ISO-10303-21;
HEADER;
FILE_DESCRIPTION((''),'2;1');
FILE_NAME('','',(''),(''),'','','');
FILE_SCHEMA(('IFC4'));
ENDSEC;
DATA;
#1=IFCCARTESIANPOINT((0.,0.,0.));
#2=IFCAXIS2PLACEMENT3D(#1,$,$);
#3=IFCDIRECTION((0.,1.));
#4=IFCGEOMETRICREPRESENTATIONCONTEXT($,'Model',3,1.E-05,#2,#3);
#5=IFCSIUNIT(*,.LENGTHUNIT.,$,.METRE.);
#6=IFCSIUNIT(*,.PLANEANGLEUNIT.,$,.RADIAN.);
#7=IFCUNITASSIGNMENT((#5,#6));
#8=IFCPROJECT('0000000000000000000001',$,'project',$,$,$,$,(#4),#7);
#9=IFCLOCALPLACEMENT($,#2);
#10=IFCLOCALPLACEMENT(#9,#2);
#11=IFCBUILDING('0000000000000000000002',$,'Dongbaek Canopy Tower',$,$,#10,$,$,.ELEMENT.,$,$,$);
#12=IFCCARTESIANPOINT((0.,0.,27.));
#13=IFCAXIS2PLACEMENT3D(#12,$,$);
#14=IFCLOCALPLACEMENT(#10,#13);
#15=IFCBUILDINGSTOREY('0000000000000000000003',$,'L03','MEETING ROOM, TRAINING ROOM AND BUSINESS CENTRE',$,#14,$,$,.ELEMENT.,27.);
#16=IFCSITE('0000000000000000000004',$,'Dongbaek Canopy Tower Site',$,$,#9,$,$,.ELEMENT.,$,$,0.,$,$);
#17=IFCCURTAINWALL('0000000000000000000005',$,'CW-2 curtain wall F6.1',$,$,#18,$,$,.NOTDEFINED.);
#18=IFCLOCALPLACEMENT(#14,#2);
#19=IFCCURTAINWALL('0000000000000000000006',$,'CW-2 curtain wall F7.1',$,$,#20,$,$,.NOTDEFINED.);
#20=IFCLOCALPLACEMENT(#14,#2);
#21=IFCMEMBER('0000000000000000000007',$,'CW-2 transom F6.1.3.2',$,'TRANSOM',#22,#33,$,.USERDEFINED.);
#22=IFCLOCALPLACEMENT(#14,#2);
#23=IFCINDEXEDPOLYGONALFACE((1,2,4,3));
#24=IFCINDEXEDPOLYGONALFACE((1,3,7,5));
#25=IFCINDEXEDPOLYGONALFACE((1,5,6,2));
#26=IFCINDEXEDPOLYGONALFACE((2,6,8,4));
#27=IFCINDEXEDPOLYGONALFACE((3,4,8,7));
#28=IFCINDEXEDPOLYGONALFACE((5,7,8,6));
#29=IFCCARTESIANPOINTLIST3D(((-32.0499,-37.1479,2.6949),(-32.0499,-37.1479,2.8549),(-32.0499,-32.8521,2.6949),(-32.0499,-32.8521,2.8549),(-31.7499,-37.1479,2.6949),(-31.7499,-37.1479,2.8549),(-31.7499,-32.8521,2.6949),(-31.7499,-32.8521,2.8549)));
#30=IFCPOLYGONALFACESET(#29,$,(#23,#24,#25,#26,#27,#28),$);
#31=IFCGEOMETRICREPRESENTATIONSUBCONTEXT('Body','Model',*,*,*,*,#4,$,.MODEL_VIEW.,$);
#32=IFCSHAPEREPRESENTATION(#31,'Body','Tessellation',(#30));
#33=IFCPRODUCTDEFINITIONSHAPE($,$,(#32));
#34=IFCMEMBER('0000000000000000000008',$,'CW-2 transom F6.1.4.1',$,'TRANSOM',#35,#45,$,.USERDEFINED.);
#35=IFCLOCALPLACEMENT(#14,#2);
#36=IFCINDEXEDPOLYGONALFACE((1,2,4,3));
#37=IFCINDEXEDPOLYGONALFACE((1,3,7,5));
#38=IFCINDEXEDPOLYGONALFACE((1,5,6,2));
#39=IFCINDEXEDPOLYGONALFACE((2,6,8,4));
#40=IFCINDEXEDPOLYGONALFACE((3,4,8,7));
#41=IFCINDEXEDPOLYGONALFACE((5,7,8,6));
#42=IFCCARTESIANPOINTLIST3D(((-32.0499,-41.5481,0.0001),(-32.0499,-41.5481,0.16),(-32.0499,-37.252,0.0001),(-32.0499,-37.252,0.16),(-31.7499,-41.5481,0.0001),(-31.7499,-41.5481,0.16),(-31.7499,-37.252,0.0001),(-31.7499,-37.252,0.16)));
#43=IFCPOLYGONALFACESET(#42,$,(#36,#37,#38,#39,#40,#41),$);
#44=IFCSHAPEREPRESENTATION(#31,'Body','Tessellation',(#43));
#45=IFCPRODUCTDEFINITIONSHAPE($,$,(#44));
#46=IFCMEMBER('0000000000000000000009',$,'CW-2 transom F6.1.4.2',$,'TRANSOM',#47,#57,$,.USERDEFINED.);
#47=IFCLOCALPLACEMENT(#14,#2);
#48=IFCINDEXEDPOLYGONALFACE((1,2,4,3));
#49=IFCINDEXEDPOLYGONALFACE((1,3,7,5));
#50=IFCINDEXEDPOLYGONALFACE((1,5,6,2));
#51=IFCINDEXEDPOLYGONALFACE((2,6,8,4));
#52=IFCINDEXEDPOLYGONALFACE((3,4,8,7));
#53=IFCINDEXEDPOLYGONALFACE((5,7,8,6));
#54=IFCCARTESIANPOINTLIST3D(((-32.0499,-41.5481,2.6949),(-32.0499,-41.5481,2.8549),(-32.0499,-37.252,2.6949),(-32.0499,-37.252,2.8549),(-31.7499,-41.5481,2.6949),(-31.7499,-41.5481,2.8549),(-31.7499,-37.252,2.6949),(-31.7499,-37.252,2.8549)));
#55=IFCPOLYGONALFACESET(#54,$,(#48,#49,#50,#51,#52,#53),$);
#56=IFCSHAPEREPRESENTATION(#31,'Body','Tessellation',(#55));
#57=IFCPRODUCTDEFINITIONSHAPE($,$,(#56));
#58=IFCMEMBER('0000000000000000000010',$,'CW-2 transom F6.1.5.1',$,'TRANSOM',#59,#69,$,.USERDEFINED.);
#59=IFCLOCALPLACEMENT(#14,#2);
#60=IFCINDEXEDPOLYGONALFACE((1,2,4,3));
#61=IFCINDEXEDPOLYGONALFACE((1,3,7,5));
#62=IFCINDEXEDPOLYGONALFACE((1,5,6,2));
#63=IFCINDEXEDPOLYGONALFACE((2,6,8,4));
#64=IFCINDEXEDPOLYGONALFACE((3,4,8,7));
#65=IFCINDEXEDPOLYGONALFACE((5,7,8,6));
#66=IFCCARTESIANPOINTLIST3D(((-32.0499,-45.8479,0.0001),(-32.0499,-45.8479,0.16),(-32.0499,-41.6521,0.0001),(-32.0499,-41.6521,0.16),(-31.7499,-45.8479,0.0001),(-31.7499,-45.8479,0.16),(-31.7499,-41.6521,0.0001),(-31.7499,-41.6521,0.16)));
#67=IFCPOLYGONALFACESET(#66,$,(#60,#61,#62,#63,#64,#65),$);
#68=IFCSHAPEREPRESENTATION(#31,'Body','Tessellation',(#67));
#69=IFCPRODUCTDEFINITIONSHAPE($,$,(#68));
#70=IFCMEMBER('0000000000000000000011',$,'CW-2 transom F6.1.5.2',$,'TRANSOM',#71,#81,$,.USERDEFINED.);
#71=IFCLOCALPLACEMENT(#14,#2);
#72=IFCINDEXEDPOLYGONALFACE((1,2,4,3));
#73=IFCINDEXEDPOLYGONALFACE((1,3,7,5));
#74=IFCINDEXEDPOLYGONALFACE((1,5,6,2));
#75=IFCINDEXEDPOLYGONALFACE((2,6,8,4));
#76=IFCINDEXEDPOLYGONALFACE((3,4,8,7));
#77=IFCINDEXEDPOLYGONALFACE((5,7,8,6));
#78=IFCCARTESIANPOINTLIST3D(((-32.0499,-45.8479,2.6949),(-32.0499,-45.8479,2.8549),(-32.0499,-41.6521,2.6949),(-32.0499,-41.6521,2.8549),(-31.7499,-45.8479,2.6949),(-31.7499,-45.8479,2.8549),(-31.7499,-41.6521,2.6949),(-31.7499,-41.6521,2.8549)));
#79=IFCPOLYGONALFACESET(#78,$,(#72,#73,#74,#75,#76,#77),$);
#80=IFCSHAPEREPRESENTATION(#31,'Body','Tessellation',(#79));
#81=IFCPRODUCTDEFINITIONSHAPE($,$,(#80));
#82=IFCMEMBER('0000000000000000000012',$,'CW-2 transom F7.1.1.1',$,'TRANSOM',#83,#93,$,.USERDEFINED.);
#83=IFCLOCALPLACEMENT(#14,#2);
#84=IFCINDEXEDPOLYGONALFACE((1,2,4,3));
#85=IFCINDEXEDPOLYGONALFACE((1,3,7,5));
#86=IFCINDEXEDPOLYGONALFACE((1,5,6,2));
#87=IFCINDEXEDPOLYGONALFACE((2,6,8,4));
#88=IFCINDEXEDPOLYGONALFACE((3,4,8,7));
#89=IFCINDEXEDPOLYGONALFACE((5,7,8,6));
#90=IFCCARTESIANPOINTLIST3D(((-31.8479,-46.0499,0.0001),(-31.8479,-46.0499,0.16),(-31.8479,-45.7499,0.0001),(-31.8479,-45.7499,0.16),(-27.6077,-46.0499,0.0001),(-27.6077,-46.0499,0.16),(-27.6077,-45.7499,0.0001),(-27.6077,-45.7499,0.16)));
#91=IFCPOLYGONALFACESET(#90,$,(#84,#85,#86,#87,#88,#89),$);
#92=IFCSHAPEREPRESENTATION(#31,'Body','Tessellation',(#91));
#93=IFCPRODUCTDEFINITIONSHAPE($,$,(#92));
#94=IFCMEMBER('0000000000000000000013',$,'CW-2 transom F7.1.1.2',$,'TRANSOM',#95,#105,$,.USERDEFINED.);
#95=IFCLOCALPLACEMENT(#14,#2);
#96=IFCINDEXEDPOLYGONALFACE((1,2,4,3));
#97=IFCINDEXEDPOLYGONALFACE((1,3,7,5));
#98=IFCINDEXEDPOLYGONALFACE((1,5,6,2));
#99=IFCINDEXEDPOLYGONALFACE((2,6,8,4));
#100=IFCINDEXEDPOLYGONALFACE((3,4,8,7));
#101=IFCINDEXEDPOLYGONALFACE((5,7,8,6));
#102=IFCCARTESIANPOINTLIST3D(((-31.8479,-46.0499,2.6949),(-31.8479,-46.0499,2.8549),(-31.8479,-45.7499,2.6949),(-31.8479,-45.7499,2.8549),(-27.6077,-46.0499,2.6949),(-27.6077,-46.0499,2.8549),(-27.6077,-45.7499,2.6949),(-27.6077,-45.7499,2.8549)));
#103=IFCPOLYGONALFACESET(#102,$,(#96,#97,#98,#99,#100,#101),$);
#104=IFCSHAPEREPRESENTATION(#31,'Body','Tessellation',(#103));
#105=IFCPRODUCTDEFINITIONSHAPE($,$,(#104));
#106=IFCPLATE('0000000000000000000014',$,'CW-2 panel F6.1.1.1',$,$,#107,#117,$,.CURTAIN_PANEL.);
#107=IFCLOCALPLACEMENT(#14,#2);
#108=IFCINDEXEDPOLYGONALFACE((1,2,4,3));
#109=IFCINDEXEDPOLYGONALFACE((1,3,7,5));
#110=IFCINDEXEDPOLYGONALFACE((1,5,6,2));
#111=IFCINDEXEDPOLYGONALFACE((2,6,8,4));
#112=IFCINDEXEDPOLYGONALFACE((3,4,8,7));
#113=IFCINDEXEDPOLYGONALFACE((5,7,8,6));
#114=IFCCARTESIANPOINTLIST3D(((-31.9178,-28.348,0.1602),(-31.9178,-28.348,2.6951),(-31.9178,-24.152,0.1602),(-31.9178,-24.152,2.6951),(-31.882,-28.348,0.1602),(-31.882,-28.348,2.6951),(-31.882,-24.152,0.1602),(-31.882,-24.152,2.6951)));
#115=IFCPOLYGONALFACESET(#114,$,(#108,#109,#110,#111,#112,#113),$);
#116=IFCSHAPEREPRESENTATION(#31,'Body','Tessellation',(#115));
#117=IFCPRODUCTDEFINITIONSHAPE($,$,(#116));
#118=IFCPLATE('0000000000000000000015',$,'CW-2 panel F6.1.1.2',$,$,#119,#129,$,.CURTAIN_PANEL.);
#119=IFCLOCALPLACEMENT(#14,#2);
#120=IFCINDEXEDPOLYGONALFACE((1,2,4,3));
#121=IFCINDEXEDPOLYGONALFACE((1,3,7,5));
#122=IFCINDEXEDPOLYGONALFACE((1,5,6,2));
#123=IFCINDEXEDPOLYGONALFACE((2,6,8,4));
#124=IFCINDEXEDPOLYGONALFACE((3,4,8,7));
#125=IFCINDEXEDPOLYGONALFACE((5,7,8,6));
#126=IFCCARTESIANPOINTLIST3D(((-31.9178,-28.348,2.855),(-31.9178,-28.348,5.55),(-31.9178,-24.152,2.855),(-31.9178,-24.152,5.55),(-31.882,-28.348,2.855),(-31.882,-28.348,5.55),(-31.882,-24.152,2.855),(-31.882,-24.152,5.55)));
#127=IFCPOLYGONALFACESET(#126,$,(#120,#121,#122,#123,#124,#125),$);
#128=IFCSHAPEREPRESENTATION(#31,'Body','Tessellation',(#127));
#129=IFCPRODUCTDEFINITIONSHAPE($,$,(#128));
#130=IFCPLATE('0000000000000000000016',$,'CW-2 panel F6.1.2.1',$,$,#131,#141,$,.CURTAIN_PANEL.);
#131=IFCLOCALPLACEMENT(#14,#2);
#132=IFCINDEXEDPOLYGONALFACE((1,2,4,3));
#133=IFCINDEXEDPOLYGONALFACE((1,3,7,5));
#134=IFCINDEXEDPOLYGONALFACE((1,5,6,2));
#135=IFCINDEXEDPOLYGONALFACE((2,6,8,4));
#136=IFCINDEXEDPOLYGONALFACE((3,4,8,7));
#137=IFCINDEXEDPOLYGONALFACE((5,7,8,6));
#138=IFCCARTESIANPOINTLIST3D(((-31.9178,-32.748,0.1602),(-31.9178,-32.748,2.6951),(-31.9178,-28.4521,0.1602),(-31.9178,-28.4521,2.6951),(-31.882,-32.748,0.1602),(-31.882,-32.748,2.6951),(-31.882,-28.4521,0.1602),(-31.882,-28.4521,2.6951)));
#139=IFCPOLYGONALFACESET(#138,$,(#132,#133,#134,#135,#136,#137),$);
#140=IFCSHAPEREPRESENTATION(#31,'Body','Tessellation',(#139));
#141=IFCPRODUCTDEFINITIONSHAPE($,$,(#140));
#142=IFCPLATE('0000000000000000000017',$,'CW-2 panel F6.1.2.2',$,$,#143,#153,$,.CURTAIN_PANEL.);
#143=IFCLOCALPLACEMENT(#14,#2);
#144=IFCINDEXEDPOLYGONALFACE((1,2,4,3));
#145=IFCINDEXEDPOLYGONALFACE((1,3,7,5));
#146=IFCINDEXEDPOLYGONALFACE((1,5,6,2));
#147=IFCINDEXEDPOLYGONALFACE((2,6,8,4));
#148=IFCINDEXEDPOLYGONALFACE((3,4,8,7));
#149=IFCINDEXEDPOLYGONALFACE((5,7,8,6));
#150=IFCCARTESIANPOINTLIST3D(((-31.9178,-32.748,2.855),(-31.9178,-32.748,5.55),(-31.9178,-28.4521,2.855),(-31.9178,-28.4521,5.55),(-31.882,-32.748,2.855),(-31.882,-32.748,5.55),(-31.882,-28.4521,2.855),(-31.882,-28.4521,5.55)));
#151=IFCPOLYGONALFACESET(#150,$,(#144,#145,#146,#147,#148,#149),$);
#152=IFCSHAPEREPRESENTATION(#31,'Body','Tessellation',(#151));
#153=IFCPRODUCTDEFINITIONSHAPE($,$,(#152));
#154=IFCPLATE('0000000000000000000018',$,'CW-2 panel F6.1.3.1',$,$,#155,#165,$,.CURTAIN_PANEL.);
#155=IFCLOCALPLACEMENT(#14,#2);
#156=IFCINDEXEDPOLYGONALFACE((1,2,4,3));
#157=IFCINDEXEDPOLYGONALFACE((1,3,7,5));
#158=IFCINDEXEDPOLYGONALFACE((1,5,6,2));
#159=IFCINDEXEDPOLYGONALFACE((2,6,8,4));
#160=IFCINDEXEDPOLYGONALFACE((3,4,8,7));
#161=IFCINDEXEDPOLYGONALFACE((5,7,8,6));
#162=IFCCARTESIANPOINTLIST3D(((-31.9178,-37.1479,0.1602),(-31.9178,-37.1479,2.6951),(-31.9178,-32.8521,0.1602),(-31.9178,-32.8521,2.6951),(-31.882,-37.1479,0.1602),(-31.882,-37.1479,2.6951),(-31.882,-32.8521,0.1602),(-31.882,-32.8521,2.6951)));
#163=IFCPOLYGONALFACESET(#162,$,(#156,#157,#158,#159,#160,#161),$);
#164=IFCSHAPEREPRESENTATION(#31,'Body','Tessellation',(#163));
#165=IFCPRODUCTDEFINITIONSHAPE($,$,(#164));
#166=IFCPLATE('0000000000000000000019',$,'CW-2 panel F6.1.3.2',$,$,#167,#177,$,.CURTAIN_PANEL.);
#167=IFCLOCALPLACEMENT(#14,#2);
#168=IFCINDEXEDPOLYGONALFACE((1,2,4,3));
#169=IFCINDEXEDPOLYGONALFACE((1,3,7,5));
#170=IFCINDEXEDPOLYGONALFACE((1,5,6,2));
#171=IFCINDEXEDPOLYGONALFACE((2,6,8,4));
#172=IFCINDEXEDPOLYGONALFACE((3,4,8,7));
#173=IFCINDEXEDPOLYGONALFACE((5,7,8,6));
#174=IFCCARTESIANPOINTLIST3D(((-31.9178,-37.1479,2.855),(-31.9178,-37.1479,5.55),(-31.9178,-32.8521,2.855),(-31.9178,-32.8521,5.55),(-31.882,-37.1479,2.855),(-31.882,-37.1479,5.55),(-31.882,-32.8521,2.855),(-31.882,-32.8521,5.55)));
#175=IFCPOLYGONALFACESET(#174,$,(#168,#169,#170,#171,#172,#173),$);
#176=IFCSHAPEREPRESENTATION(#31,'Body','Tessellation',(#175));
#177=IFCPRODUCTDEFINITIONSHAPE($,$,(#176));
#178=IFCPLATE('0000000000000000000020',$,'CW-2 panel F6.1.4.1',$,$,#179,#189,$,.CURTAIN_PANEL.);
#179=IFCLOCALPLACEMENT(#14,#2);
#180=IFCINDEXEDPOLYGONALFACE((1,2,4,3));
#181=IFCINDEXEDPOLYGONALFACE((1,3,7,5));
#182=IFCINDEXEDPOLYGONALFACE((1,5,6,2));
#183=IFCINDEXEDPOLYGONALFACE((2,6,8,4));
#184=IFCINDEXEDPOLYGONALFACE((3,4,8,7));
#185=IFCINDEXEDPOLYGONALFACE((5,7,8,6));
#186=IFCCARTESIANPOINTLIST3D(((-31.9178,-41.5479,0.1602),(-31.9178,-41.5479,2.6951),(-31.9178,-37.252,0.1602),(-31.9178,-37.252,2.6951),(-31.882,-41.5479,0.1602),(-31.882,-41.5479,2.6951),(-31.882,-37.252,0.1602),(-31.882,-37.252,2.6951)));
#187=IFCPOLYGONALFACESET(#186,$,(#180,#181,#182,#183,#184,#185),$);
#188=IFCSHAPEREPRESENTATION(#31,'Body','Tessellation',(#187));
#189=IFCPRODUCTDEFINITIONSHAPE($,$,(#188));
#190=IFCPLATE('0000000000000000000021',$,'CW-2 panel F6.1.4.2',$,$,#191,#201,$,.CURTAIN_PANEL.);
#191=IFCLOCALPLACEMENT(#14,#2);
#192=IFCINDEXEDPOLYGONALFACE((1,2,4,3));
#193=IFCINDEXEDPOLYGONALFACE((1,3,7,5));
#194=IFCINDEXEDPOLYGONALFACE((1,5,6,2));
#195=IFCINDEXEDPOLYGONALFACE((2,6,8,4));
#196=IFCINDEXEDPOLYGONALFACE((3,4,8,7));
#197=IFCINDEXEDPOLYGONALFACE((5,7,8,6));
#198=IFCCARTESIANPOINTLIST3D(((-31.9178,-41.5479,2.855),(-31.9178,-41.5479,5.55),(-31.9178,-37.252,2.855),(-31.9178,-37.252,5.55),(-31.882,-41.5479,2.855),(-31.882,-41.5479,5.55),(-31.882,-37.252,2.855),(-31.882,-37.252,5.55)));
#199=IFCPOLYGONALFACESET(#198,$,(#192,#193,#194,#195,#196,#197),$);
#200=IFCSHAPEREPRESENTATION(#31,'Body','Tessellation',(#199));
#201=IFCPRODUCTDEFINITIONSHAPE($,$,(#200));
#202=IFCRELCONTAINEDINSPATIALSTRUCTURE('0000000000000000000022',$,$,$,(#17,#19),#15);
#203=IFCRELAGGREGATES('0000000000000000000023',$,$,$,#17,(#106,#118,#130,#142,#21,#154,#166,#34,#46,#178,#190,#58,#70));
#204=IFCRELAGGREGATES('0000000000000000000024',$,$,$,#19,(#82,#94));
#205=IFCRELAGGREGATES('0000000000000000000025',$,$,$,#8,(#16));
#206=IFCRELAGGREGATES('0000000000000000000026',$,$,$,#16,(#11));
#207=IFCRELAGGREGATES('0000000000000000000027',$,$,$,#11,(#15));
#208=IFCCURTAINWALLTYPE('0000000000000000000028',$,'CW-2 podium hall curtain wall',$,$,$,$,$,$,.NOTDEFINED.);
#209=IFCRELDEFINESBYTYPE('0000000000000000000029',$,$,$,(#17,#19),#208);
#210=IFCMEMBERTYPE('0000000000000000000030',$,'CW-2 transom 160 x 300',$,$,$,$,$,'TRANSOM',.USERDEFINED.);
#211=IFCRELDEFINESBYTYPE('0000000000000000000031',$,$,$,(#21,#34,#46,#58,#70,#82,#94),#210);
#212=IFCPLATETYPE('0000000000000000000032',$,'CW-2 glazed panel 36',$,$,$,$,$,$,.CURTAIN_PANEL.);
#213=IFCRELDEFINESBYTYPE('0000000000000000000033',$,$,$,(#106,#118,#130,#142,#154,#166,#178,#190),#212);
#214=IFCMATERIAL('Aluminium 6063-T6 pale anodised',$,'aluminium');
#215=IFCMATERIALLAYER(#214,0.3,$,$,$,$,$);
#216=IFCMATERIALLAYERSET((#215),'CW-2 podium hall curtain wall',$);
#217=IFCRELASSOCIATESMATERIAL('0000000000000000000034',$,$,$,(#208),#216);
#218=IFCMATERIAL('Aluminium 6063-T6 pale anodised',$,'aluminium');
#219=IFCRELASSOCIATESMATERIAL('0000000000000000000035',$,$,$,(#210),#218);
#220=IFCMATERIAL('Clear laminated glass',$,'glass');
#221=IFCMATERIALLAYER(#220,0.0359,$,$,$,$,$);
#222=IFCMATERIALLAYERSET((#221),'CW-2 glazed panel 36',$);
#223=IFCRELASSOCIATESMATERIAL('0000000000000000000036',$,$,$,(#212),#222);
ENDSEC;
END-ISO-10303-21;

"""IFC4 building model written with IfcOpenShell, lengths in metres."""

from ifc_helpers import new_model, si_unit, direction, frame, origin, origin_2d, place, context, subcontext, project, spatial, rectangle, extrude, material, layer, layer_set, material_profile, profile_set, type_object, element, aggregate, save


model = new_model("IFC4")

# Units and contexts
model_context = context("Model", 3, precision=1e-05, world=origin(), true_north=direction((0.0, 1.0)))
body_context = subcontext(model_context, "Body", "Model", "MODEL_VIEW")
ifc_project = project(units=[si_unit("LENGTHUNIT", "METRE"), si_unit("PLANEANGLEUNIT", "RADIAN")], contexts=[model_context])

# Site, building, storey
site_placement = place(None, origin())
site = spatial("IfcSite", under=ifc_project, at=site_placement, Name="Dongbaek Canopy Tower Site", CompositionType="ELEMENT", RefElevation=0.0)
building_placement = place(site_placement, origin())
building = spatial("IfcBuilding", under=site, at=building_placement, Name="Dongbaek Canopy Tower", CompositionType="ELEMENT")
storey_placement = place(building_placement, frame((0.0, 0.0, 27.0)))
storey = spatial("IfcBuildingStorey", under=building, at=storey_placement, Name="L03", Description="MEETING ROOM, TRAINING ROOM AND BUSINESS CENTRE", CompositionType="ELEMENT", Elevation=27.0)

# Shared definitions
ifc_material_1 = material(Name="Aluminium 6063-T6 pale anodised", Category="aluminium")
ifc_layer_1 = layer(ifc_material_1, 0.3)
ifc_layer_set_1 = layer_set([ifc_layer_1], Name="CW-2 podium hall curtain wall")
curtain_wall_type = type_object("IfcCurtainWallType", Name="CW-2 podium hall curtain wall", PredefinedType="NOTDEFINED", material=ifc_layer_set_1)

# Curtain wall
curtain_wall_1_placement = place(storey_placement, origin())
curtain_wall_1 = element("IfcCurtainWall", 1, at=curtain_wall_1_placement, inside=storey, type_object=curtain_wall_type, Name="CW-2 curtain wall F6.1", PredefinedType="NOTDEFINED")

# Curtain wall
curtain_wall_2_placement = place(storey_placement, origin())
curtain_wall_2 = element("IfcCurtainWall", 2, at=curtain_wall_2_placement, inside=storey, type_object=curtain_wall_type, Name="CW-2 curtain wall F7.1", PredefinedType="NOTDEFINED")

# Members
ifc_material_2 = material(Name="Aluminium 6063-T6 pale anodised", Category="aluminium")
ifc_material_profile_1 = material_profile(ifc_material_2, rectangle(XDim=0.3, YDim=0.1599, at=origin_2d()), Name="CW-2 transom 160 x 300")
ifc_profile_set_1 = profile_set([ifc_material_profile_1], Name="Aluminium 6063-T6 pale anodised")
member_type_1 = type_object("IfcMemberType", Name="CW-2 transom 160 x 300", ElementType="TRANSOM", PredefinedType="USERDEFINED", material=ifc_profile_set_1)
member_1_placement = place(storey_placement, frame((-31.8999, -32.8521, 2.7749), z_axis=(0.0, -1.0, 0.0), x_axis=(1.0, 0.0, 0.0)))
member_1 = element("IfcMember", 3, at=member_1_placement, type_object=member_type_1, Name="CW-2 transom F6.1.3.2", ObjectType="TRANSOM", PredefinedType="USERDEFINED", context=body_context, shape_type="SweptSolid", body=[
    extrude(rectangle(XDim=0.3, YDim=0.1599, at=origin_2d()), origin(), (0.0, 0.0, 1.0), 4.2959),
])
member_2_placement = place(storey_placement, frame((-31.8999, -37.252, 0.0801), z_axis=(0.0, -1.0, 0.0), x_axis=(1.0, 0.0, 0.0)))
member_2 = element("IfcMember", 4, at=member_2_placement, type_object=member_type_1, Name="CW-2 transom F6.1.4.1", ObjectType="TRANSOM", PredefinedType="USERDEFINED", context=body_context, shape_type="SweptSolid", body=[
    extrude(rectangle(XDim=0.3, YDim=0.1599, at=origin_2d()), origin(), (0.0, 0.0, 1.0), 4.2961),
])
member_3_placement = place(storey_placement, frame((-31.8999, -37.252, 2.7749), z_axis=(0.0, -1.0, 0.0), x_axis=(1.0, 0.0, 0.0)))
member_3 = element("IfcMember", 5, at=member_3_placement, type_object=member_type_1, Name="CW-2 transom F6.1.4.2", ObjectType="TRANSOM", PredefinedType="USERDEFINED", context=body_context, shape_type="SweptSolid", body=[
    extrude(rectangle(XDim=0.3, YDim=0.1599, at=origin_2d()), origin(), (0.0, 0.0, 1.0), 4.2961),
])
member_4_placement = place(storey_placement, frame((-31.8999, -41.6521, 0.0801), z_axis=(0.0, -1.0, 0.0), x_axis=(1.0, 0.0, 0.0)))
member_4 = element("IfcMember", 6, at=member_4_placement, type_object=member_type_1, Name="CW-2 transom F6.1.5.1", ObjectType="TRANSOM", PredefinedType="USERDEFINED", context=body_context, shape_type="SweptSolid", body=[
    extrude(rectangle(XDim=0.3, YDim=0.1599, at=origin_2d()), origin(), (0.0, 0.0, 1.0), 4.1958),
])
member_5_placement = place(storey_placement, frame((-31.8999, -41.6521, 2.7749), z_axis=(0.0, -1.0, 0.0), x_axis=(1.0, 0.0, 0.0)))
member_5 = element("IfcMember", 7, at=member_5_placement, type_object=member_type_1, Name="CW-2 transom F6.1.5.2", ObjectType="TRANSOM", PredefinedType="USERDEFINED", context=body_context, shape_type="SweptSolid", body=[
    extrude(rectangle(XDim=0.3, YDim=0.1599, at=origin_2d()), origin(), (0.0, 0.0, 1.0), 4.1958),
])
member_6_placement = place(storey_placement, frame((-31.8479, -45.8999, 0.0801), z_axis=(1.0, 0.0, 0.0), x_axis=(0.0, 1.0, 0.0)))
member_6 = element("IfcMember", 8, at=member_6_placement, type_object=member_type_1, Name="CW-2 transom F7.1.1.1", ObjectType="TRANSOM", PredefinedType="USERDEFINED", context=body_context, shape_type="SweptSolid", body=[
    extrude(rectangle(XDim=0.3, YDim=0.1599, at=origin_2d()), origin(), (0.0, 0.0, 1.0), 4.2402),
])
member_7_placement = place(storey_placement, frame((-31.8479, -45.8999, 2.7749), z_axis=(1.0, 0.0, 0.0), x_axis=(0.0, 1.0, 0.0)))
member_7 = element("IfcMember", 9, at=member_7_placement, type_object=member_type_1, Name="CW-2 transom F7.1.1.2", ObjectType="TRANSOM", PredefinedType="USERDEFINED", context=body_context, shape_type="SweptSolid", body=[
    extrude(rectangle(XDim=0.3, YDim=0.1599, at=origin_2d()), origin(), (0.0, 0.0, 1.0), 4.2402),
])

# Plates
ifc_material_3 = material(Name="Clear laminated glass", Category="glass")
ifc_layer_2 = layer(ifc_material_3, 0.0359)
ifc_layer_set_2 = layer_set([ifc_layer_2], Name="CW-2 glazed panel 36")
plate_type = type_object("IfcPlateType", Name="CW-2 glazed panel 36", PredefinedType="CURTAIN_PANEL", material=ifc_layer_set_2)
plate_1_placement = place(storey_placement, frame((-31.8999, -26.25, 0.1602), z_axis=(0.0, 0.0, 1.0), x_axis=(0.0, -1.0, 0.0)))
plate_1 = element("IfcPlate", 10, at=plate_1_placement, type_object=plate_type, Name="CW-2 panel F6.1.1.1", PredefinedType="CURTAIN_PANEL", context=body_context, shape_type="SweptSolid", body=[
    extrude(rectangle(XDim=4.196, YDim=0.0359, at=origin_2d()), origin(), (0.0, 0.0, 1.0), 2.5349),
])
plate_2_placement = place(storey_placement, frame((-31.8999, -26.25, 2.855), z_axis=(0.0, 0.0, 1.0), x_axis=(0.0, -1.0, 0.0)))
plate_2 = element("IfcPlate", 11, at=plate_2_placement, type_object=plate_type, Name="CW-2 panel F6.1.1.2", PredefinedType="CURTAIN_PANEL", context=body_context, shape_type="SweptSolid", body=[
    extrude(rectangle(XDim=4.196, YDim=0.0359, at=origin_2d()), origin(), (0.0, 0.0, 1.0), 2.6951),
])
plate_3_placement = place(storey_placement, frame((-31.8999, -30.6001, 0.1602), z_axis=(0.0, 0.0, 1.0), x_axis=(0.0, -1.0, 0.0)))
plate_3 = element("IfcPlate", 12, at=plate_3_placement, type_object=plate_type, Name="CW-2 panel F6.1.2.1", PredefinedType="CURTAIN_PANEL", context=body_context, shape_type="SweptSolid", body=[
    extrude(rectangle(XDim=4.2959, YDim=0.0359, at=origin_2d()), origin(), (0.0, 0.0, 1.0), 2.5349),
])
plate_4_placement = place(storey_placement, frame((-31.8999, -30.6001, 2.855), z_axis=(0.0, 0.0, 1.0), x_axis=(0.0, -1.0, 0.0)))
plate_4 = element("IfcPlate", 13, at=plate_4_placement, type_object=plate_type, Name="CW-2 panel F6.1.2.2", PredefinedType="CURTAIN_PANEL", context=body_context, shape_type="SweptSolid", body=[
    extrude(rectangle(XDim=4.2959, YDim=0.0359, at=origin_2d()), origin(), (0.0, 0.0, 1.0), 2.6951),
])
plate_5_placement = place(storey_placement, frame((-31.8999, -35.0, 0.1602), z_axis=(0.0, 0.0, 1.0), x_axis=(0.0, -1.0, 0.0)))
plate_5 = element("IfcPlate", 14, at=plate_5_placement, type_object=plate_type, Name="CW-2 panel F6.1.3.1", PredefinedType="CURTAIN_PANEL", context=body_context, shape_type="SweptSolid", body=[
    extrude(rectangle(XDim=4.2959, YDim=0.0359, at=origin_2d()), origin(), (0.0, 0.0, 1.0), 2.5349),
])
plate_6_placement = place(storey_placement, frame((-31.8999, -35.0, 2.855), z_axis=(0.0, 0.0, 1.0), x_axis=(0.0, -1.0, 0.0)))
plate_6 = element("IfcPlate", 15, at=plate_6_placement, type_object=plate_type, Name="CW-2 panel F6.1.3.2", PredefinedType="CURTAIN_PANEL", context=body_context, shape_type="SweptSolid", body=[
    extrude(rectangle(XDim=4.2959, YDim=0.0359, at=origin_2d()), origin(), (0.0, 0.0, 1.0), 2.6951),
])
plate_7_placement = place(storey_placement, frame((-31.8999, -39.3999, 0.1602), z_axis=(0.0, 0.0, 1.0), x_axis=(0.0, -1.0, 0.0)))
plate_7 = element("IfcPlate", 16, at=plate_7_placement, type_object=plate_type, Name="CW-2 panel F6.1.4.1", PredefinedType="CURTAIN_PANEL", context=body_context, shape_type="SweptSolid", body=[
    extrude(rectangle(XDim=4.2959, YDim=0.0359, at=origin_2d()), origin(), (0.0, 0.0, 1.0), 2.5349),
])
plate_8_placement = place(storey_placement, frame((-31.8999, -39.3999, 2.855), z_axis=(0.0, 0.0, 1.0), x_axis=(0.0, -1.0, 0.0)))
plate_8 = element("IfcPlate", 17, at=plate_8_placement, type_object=plate_type, Name="CW-2 panel F6.1.4.2", PredefinedType="CURTAIN_PANEL", context=body_context, shape_type="SweptSolid", body=[
    extrude(rectangle(XDim=4.2959, YDim=0.0359, at=origin_2d()), origin(), (0.0, 0.0, 1.0), 2.6951),
])
aggregate(curtain_wall_1, [plate_1, plate_2, plate_3, plate_4, member_1, plate_5, plate_6, member_2, member_3, plate_7, plate_8, member_4, member_5])
aggregate(curtain_wall_2, [member_6, member_7])

save(model, "model.ifc")
